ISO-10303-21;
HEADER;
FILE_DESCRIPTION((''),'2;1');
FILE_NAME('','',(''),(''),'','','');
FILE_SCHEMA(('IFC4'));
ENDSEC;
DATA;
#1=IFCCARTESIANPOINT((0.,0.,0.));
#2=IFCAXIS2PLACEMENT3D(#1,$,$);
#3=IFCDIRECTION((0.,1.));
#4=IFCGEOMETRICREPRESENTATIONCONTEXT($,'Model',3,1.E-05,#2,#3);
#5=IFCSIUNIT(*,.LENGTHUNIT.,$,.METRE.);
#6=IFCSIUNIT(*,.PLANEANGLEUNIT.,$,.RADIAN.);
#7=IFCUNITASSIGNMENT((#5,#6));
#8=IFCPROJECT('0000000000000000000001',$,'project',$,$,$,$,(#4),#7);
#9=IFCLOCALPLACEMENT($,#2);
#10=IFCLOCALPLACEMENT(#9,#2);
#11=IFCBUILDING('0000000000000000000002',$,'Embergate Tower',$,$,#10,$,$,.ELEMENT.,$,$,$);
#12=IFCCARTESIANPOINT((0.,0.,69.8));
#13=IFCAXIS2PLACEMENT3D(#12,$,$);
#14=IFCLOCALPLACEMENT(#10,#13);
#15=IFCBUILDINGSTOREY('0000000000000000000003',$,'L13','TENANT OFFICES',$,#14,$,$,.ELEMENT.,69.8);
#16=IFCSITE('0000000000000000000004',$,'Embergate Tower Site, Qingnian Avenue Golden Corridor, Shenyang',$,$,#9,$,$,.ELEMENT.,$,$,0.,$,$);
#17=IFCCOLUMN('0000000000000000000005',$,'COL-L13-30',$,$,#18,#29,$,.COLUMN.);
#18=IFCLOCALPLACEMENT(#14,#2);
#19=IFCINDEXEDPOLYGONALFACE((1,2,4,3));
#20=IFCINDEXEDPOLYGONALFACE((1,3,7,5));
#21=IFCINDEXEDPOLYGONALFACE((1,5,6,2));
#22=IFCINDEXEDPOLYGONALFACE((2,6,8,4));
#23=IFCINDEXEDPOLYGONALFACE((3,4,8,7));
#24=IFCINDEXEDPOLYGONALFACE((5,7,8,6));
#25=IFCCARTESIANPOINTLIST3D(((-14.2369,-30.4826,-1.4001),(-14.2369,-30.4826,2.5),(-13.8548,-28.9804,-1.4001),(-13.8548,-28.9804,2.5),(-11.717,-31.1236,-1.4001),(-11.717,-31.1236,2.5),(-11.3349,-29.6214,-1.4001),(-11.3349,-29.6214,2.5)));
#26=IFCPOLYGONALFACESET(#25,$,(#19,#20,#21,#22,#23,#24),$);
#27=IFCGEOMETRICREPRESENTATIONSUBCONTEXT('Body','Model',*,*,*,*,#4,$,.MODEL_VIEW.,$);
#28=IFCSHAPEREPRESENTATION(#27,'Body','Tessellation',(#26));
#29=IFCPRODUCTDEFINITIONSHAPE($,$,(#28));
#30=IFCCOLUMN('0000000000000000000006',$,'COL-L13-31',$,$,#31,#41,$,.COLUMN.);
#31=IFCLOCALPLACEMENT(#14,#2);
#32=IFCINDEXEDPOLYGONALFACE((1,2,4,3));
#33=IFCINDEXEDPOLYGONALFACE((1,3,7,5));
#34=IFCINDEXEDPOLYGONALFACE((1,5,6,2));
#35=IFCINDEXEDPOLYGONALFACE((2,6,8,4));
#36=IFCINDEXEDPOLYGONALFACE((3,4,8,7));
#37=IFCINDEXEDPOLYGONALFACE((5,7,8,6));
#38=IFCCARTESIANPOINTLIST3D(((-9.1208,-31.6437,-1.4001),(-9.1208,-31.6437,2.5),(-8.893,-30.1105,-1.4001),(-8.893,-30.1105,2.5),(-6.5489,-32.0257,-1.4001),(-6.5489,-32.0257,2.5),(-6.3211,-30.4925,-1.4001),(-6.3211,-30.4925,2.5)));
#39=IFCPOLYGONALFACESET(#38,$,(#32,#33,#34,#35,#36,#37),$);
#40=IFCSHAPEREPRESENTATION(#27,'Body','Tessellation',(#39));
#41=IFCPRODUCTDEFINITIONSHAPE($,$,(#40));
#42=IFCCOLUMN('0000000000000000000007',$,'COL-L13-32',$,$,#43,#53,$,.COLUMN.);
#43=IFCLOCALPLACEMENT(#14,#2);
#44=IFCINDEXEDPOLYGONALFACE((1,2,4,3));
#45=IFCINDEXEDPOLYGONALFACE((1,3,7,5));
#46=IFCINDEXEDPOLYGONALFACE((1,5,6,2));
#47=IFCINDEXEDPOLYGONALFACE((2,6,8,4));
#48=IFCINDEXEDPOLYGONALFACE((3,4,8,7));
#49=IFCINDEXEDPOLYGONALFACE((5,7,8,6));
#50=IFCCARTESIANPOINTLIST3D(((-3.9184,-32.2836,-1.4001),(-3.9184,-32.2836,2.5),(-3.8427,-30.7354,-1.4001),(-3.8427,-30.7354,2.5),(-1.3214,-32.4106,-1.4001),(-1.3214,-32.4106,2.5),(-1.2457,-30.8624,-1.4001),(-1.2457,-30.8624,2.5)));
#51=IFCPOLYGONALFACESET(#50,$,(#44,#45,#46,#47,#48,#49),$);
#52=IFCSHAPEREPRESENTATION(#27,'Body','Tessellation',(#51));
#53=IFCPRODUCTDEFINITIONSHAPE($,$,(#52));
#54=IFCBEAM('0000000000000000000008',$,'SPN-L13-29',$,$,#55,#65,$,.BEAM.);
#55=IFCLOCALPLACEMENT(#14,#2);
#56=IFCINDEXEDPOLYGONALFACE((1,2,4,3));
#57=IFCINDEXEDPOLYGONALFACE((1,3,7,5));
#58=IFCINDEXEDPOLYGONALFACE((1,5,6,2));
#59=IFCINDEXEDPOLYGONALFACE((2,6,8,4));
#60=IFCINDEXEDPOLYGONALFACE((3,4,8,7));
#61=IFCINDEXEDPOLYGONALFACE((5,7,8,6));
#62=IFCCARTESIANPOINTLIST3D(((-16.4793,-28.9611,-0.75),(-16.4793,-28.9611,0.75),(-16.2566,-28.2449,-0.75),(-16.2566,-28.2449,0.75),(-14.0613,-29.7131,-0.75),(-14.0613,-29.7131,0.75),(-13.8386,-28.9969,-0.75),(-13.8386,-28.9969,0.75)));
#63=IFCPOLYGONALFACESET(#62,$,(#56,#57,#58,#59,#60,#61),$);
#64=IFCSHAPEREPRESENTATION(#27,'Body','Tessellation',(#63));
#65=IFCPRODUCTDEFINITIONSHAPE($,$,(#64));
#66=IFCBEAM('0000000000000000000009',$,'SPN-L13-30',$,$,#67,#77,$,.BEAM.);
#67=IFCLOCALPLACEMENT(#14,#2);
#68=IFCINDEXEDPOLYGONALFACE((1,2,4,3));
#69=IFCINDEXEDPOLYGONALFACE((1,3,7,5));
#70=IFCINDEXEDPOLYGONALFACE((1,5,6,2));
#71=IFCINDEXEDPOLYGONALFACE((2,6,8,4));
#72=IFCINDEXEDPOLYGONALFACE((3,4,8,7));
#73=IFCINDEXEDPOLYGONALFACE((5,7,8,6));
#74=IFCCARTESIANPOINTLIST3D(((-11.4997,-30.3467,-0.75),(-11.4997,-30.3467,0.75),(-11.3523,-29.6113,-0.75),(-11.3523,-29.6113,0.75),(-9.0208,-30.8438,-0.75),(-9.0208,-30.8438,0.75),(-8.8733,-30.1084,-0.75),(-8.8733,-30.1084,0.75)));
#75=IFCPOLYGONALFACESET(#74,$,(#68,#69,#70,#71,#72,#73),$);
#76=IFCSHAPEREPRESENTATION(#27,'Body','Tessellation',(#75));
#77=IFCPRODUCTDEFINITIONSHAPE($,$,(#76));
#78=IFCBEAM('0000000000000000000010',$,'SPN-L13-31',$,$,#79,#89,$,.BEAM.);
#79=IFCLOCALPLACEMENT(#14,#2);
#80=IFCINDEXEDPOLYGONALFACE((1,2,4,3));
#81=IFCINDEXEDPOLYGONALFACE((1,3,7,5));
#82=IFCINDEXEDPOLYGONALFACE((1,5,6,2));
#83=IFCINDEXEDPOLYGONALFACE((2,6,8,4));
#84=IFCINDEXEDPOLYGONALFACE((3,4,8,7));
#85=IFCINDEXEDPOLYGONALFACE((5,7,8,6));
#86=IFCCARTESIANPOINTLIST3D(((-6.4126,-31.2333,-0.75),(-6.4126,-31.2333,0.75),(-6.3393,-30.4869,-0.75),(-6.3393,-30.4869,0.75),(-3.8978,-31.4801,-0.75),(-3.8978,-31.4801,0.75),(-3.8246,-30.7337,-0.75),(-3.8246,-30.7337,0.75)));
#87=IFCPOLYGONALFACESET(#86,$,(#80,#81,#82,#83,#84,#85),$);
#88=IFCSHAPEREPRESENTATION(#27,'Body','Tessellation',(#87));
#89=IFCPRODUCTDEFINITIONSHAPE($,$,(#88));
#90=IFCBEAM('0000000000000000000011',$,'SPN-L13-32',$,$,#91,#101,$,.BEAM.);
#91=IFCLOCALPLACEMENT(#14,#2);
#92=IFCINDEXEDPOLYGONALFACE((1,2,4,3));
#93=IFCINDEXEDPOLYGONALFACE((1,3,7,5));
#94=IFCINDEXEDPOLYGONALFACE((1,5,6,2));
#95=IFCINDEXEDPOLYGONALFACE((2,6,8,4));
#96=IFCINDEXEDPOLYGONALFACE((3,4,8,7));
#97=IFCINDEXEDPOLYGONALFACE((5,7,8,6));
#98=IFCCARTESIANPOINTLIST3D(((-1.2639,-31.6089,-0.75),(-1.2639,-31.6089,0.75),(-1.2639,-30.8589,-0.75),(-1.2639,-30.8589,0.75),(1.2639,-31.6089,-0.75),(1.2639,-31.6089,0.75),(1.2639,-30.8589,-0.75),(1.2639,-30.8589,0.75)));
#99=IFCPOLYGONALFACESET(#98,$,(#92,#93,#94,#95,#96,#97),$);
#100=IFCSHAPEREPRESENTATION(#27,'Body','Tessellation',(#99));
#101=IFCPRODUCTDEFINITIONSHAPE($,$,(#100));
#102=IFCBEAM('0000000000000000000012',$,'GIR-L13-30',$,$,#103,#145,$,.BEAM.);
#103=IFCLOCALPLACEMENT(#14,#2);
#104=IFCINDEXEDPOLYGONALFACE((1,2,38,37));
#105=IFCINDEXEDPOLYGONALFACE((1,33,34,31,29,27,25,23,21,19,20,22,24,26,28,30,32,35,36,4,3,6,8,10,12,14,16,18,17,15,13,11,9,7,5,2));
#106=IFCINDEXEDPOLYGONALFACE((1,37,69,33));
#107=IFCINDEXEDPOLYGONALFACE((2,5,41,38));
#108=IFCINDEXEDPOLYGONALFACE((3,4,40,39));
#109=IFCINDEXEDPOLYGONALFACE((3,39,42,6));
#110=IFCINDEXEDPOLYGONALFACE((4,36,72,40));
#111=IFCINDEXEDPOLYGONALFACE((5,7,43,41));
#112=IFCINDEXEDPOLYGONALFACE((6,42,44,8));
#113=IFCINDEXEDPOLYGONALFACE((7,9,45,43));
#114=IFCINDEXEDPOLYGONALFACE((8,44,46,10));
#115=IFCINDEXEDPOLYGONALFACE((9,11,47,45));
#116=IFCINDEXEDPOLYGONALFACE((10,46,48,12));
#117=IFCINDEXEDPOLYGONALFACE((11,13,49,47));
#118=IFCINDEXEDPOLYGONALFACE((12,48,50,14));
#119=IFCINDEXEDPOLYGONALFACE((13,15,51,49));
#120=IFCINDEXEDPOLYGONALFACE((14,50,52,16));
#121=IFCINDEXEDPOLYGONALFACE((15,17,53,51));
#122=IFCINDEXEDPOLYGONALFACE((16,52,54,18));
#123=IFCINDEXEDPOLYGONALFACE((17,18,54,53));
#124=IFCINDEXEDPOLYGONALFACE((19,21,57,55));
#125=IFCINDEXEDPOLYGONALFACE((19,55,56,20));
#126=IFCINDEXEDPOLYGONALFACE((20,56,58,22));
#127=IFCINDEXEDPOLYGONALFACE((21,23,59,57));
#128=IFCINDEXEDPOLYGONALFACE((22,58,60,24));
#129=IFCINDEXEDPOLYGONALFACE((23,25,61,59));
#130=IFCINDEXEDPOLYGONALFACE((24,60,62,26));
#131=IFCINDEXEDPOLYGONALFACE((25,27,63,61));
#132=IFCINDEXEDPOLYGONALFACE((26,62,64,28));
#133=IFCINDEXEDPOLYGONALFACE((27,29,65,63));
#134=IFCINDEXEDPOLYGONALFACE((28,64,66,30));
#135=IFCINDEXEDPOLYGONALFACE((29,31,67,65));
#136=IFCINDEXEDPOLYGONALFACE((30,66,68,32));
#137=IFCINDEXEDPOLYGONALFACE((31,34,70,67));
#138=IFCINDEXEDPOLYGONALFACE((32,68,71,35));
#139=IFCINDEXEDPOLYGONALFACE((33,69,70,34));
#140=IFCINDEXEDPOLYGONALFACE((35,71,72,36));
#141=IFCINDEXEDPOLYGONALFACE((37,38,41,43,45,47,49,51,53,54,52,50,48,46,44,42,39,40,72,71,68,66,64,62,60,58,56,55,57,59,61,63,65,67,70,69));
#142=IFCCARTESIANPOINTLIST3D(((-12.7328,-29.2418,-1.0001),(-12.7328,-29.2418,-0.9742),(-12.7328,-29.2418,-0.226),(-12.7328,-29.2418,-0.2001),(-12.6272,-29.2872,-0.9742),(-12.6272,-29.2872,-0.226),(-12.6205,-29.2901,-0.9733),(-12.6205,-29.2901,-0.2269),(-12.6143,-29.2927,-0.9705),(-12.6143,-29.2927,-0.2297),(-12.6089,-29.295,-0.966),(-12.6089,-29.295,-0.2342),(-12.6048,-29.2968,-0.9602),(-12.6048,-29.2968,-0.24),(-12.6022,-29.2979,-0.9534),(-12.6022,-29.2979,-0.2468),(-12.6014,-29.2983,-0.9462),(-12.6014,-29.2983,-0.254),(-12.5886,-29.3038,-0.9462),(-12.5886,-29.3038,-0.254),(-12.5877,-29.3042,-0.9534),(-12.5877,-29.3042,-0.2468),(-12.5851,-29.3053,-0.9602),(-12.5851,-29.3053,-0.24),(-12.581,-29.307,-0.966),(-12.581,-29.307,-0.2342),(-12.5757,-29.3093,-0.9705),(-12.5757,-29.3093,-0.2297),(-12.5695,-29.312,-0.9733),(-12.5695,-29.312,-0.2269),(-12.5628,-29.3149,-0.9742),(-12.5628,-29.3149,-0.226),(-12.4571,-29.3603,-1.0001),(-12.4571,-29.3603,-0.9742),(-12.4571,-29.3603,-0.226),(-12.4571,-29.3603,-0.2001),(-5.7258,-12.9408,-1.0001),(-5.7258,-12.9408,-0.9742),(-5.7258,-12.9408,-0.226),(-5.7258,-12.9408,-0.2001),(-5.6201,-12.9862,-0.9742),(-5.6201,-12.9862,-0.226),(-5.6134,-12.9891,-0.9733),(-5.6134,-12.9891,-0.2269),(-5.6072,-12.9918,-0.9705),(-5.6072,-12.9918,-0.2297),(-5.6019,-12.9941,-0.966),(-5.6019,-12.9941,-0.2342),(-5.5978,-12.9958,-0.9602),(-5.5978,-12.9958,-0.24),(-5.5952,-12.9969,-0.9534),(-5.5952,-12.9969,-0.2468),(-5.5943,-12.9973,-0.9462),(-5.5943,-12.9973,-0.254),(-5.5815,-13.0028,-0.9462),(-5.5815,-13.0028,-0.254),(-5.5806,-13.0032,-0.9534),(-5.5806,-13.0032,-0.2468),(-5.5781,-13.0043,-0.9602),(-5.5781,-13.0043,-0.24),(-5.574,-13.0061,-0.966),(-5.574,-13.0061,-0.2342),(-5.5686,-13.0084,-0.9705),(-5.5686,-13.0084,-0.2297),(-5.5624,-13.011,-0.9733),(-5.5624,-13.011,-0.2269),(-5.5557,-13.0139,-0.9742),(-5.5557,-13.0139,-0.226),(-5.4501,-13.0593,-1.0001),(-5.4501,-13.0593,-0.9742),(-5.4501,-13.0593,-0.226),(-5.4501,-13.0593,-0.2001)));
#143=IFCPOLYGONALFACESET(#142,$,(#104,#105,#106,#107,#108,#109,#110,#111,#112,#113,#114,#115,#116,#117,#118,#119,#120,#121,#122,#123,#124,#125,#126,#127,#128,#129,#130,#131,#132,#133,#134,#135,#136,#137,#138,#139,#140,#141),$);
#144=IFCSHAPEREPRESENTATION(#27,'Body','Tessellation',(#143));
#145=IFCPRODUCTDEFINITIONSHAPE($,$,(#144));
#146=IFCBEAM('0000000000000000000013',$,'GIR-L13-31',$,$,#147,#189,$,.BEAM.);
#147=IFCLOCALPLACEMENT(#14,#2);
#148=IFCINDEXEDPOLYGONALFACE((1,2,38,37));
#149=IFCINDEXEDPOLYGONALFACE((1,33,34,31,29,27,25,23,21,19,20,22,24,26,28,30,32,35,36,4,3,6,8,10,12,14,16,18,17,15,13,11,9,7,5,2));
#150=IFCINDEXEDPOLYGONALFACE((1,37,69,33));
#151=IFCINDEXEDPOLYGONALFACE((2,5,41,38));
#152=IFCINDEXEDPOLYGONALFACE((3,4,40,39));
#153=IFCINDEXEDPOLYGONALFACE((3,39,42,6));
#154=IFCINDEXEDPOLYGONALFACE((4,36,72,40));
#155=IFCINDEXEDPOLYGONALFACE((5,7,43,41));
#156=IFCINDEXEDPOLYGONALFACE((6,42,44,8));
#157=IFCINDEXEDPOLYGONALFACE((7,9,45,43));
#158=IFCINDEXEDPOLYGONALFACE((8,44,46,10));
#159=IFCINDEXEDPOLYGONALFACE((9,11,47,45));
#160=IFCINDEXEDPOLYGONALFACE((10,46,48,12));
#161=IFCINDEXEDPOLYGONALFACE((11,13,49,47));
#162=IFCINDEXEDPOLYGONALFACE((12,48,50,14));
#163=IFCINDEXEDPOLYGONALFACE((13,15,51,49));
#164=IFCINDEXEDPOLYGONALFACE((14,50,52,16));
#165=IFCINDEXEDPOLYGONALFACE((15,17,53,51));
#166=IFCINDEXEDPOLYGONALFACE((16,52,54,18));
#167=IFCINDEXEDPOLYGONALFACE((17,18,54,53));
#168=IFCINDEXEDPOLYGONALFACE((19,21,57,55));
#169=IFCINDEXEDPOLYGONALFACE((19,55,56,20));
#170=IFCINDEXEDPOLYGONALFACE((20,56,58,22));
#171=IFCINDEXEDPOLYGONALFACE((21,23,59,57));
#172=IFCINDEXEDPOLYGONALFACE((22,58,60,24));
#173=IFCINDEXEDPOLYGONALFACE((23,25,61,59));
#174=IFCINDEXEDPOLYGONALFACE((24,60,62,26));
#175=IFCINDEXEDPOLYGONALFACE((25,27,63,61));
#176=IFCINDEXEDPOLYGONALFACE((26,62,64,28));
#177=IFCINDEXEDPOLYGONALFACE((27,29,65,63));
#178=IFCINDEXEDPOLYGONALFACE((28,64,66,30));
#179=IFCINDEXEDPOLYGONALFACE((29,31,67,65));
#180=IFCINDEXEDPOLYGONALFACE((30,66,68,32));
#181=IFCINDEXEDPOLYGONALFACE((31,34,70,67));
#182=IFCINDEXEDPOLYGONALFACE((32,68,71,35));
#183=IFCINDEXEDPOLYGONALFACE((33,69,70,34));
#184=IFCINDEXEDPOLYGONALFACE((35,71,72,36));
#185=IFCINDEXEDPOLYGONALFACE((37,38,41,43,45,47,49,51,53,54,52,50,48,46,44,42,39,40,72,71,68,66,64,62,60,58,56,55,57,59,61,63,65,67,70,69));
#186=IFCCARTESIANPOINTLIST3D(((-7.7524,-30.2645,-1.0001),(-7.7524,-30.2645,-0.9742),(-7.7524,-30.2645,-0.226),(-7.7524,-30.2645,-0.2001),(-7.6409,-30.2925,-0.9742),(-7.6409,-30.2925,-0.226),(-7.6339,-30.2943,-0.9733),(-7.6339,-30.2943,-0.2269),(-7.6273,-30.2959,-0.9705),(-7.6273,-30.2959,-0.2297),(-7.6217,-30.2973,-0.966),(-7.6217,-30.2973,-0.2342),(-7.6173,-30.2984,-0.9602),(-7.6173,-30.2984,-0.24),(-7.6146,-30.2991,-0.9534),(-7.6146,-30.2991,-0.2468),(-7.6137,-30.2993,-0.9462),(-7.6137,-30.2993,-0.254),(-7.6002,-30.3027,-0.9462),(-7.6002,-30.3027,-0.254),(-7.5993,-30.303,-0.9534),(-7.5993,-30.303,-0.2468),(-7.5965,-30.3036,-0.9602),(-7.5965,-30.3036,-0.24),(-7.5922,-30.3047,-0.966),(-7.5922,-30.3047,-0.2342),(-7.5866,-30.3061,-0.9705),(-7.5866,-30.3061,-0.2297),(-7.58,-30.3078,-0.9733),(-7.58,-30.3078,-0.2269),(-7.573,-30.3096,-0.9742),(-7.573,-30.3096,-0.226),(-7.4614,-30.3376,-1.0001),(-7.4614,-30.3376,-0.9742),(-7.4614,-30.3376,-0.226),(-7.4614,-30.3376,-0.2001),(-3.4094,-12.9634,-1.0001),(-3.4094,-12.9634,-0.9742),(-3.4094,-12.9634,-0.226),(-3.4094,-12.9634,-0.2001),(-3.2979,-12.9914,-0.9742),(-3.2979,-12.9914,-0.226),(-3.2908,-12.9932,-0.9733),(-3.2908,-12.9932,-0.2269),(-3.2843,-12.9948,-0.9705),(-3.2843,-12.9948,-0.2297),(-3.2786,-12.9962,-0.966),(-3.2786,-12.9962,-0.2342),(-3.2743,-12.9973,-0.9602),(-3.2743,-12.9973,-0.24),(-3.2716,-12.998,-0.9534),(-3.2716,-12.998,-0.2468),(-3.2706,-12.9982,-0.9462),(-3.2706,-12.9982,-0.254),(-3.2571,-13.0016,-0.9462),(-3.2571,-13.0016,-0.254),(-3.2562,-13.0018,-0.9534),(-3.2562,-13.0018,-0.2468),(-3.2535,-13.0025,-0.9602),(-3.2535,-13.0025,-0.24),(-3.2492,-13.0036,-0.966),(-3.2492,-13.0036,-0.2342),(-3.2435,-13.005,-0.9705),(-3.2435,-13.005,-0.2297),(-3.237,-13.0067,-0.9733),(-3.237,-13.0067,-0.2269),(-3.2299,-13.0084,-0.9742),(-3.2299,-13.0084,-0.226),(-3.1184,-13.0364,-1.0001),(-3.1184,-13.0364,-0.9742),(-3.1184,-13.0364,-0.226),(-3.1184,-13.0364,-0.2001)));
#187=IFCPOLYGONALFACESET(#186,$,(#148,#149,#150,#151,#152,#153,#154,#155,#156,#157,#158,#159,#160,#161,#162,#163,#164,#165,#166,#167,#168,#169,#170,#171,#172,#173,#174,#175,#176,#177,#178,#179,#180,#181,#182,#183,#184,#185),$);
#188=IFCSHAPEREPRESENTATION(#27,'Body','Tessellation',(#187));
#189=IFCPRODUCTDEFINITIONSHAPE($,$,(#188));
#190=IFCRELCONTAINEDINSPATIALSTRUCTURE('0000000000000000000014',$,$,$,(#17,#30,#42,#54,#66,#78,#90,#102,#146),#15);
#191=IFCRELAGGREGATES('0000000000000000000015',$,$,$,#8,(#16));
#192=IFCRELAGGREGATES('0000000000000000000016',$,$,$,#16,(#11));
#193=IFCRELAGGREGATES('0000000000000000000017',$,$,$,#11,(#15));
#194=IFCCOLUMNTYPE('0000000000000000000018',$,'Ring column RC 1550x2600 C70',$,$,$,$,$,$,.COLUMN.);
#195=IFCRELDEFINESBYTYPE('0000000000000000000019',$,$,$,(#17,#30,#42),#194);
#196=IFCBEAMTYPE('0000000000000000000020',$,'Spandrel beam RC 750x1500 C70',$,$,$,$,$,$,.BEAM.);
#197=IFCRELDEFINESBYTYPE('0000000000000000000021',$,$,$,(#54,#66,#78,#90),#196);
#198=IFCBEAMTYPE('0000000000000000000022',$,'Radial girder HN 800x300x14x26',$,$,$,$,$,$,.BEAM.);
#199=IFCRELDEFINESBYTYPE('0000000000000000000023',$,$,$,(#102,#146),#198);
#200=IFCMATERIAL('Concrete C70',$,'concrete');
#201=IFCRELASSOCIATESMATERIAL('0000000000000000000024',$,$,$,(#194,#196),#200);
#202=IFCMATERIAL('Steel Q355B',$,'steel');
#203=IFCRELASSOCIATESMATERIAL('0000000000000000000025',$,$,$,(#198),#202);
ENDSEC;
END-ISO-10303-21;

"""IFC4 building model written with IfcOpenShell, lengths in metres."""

from ifc_helpers import new_model, si_unit, direction, frame, origin, origin_2d, place, context, subcontext, project, spatial, rectangle, i_section, extrude, source, transform, mapped, material, material_profile, profile_set, type_object, element, save


model = new_model("IFC4")

# Units and contexts
model_context = context("Model", 3, precision=1e-05, world=origin(), true_north=direction((0.0, 1.0)))
body_context = subcontext(model_context, "Body", "Model", "MODEL_VIEW")
ifc_project = project(units=[si_unit("LENGTHUNIT", "METRE"), si_unit("PLANEANGLEUNIT", "RADIAN")], contexts=[model_context])

# Site, building, storey
site_placement = place(None, origin())
site = spatial("IfcSite", under=ifc_project, at=site_placement, Name="Embergate Tower Site, Qingnian Avenue Golden Corridor, Shenyang", CompositionType="ELEMENT", RefElevation=0.0)
building_placement = place(site_placement, origin())
building = spatial("IfcBuilding", under=site, at=building_placement, Name="Embergate Tower", CompositionType="ELEMENT")
storey_placement = place(building_placement, frame((0.0, 0.0, 69.8)))
storey = spatial("IfcBuildingStorey", under=building, at=storey_placement, Name="L13", Description="TENANT OFFICES", CompositionType="ELEMENT", Elevation=69.8)

# Columns
ifc_material_1 = material(Name="Concrete C70", Category="concrete")
ifc_material_profile_1 = material_profile(ifc_material_1, rectangle(XDim=1.55, YDim=2.6001, at=origin_2d()), Name="RC 1550x2600")
ifc_profile_set_1 = profile_set([ifc_material_profile_1], Name="Concrete C70")
column_type = type_object("IfcColumnType", Name="Ring column RC 1550x2600 C70", PredefinedType="COLUMN", material=ifc_profile_set_1)
shared_shape_1 = source(origin(), body_context, "Body", "SweptSolid", [
    extrude(rectangle(XDim=1.55, YDim=2.6001, at=origin_2d()), origin(), (0.0, 0.0, 1.0), 3.9001),
])
for number, where, z_axis, x_axis, name in (
    (1, (-12.7859, -30.052, -1.4001), (0.0, 0.0, 1.0), (-0.246509, -0.969141, 0.0), "COL-L13-30"),
    (2, (-7.7209, -31.0681, -1.4001), (0.0, 0.0, 1.0), (-0.146929, -0.989147, 0.0), "COL-L13-31"),
    (3, (-2.582, -31.573, -1.4001), (0.0, 0.0, 1.0), (-0.048815, -0.998808, 0.0), "COL-L13-32"),
):
    element("IfcColumn", number, at=place(storey_placement, frame(where, z_axis=z_axis, x_axis=x_axis)), inside=storey, type_object=column_type, Name=name, PredefinedType="COLUMN", context=body_context, shape_type="MappedRepresentation", body=[
        mapped(shared_shape_1, transform((0.0, 0.0, 0.0))),
    ])

# Beams
ifc_material_profile_2 = material_profile(ifc_material_1, rectangle(XDim=0.75, YDim=1.5, at=origin_2d()), Name="RC 750x1500")
ifc_profile_set_2 = profile_set([ifc_material_profile_2], Name="Concrete C70")
beam_type_1 = type_object("IfcBeamType", Name="Spandrel beam RC 750x1500 C70", PredefinedType="BEAM", material=ifc_profile_set_2)
shared_shape_2 = source(origin(), body_context, "Body", "SweptSolid", [
    extrude(rectangle(XDim=0.75, YDim=1.5, at=origin_2d()), origin(), (0.0, 0.0, 1.0), 2.5322),
])
beam_1_placement = place(storey_placement, frame((-16.3679, -28.603, 0.0), z_axis=(0.954891, -0.296957, 0.0), x_axis=(0.296957, 0.954891, 0.0)))
element("IfcBeam", 4, at=beam_1_placement, inside=storey, type_object=beam_type_1, Name="SPN-L13-29", PredefinedType="BEAM", context=body_context, shape_type="MappedRepresentation", body=[
    mapped(shared_shape_2, transform((0.0, 0.0, 0.0))),
])
shared_shape_3 = source(origin(), body_context, "Body", "SweptSolid", [
    extrude(rectangle(XDim=0.75, YDim=1.5, at=origin_2d()), origin(), (0.0, 0.0, 1.0), 2.5283),
])
beam_2_placement = place(storey_placement, frame((-11.426, -29.979, 0.0), z_axis=(0.980484, -0.196599, 0.0), x_axis=(0.196599, 0.980484, 0.0)))
element("IfcBeam", 5, at=beam_2_placement, inside=storey, type_object=beam_type_1, Name="SPN-L13-30", PredefinedType="BEAM", context=body_context, shape_type="MappedRepresentation", body=[
    mapped(shared_shape_3, transform((0.0, 0.0, 0.0))),
])
shared_shape_4 = source(origin(), body_context, "Body", "SweptSolid", [
    extrude(rectangle(XDim=0.75, YDim=1.5, at=origin_2d()), origin(), (0.0, 0.0, 1.0), 2.5269),
])
beam_3_placement = place(storey_placement, frame((-6.376, -30.8601, 0.0), z_axis=(0.995218, -0.097676, 0.0), x_axis=(0.097676, 0.995218, 0.0)))
element("IfcBeam", 6, at=beam_3_placement, inside=storey, type_object=beam_type_1, Name="SPN-L13-31", PredefinedType="BEAM", context=body_context, shape_type="MappedRepresentation", body=[
    mapped(shared_shape_4, transform((0.0, 0.0, 0.0))),
])
shared_shape_5 = source(origin(), body_context, "Body", "SweptSolid", [
    extrude(rectangle(XDim=0.75, YDim=1.5, at=origin_2d()), origin(), (0.0, 0.0, 1.0), 2.5278),
])
beam_4_placement = place(storey_placement, frame((-1.2639, -31.2339, 0.0), z_axis=(1.0, 0.0, 0.0), x_axis=(0.0, 1.0, 0.0)))
element("IfcBeam", 7, at=beam_4_placement, inside=storey, type_object=beam_type_1, Name="SPN-L13-32", PredefinedType="BEAM", context=body_context, shape_type="MappedRepresentation", body=[
    mapped(shared_shape_5, transform((0.0, 0.0, 0.0))),
])
ifc_material_2 = material(Name="Steel Q355B", Category="steel")
ifc_material_profile_3 = material_profile(ifc_material_2, i_section(OverallWidth=0.3, OverallDepth=0.8, WebThickness=0.0139, FlangeThickness=0.0259, FilletRadius=0.0281, at=origin_2d()), Name="HN 800x300x14x26")
ifc_profile_set_3 = profile_set([ifc_material_profile_3], Name="Steel Q355 grade B")
beam_type_2 = type_object("IfcBeamType", Name="Radial girder HN 800x300x14x26", PredefinedType="BEAM", material=ifc_profile_set_3)
shared_shape_6 = source(origin(), body_context, "Body", "SweptSolid", [
    extrude(i_section(OverallWidth=0.3, OverallDepth=0.8, WebThickness=0.0139, FlangeThickness=0.0259, FilletRadius=0.0281, at=origin_2d()), origin(), (0.0, 0.0, 1.0), 17.7432),
])
beam_5_placement = place(storey_placement, frame((-12.595, -29.301, -0.6001), z_axis=(0.394915, 0.918717, 0.0), x_axis=(-0.918717, 0.394915, 0.0)))
element("IfcBeam", 8, at=beam_5_placement, inside=storey, type_object=beam_type_2, Name="GIR-L13-30", PredefinedType="BEAM", context=body_context, shape_type="MappedRepresentation", body=[
    mapped(shared_shape_6, transform((0.0, 0.0, 0.0))),
])
shared_shape_7 = source(origin(), body_context, "Body", "SweptSolid", [
    extrude(i_section(OverallWidth=0.3, OverallDepth=0.8, WebThickness=0.0139, FlangeThickness=0.0259, FilletRadius=0.0281, at=origin_2d()), origin(), (0.0, 0.0, 1.0), 17.8379),
])
beam_6_placement = place(storey_placement, frame((-7.6069, -30.301, -0.6001), z_axis=(0.243473, 0.969908, 0.0), x_axis=(-0.969908, 0.243473, 0.0)))
element("IfcBeam", 9, at=beam_6_placement, inside=storey, type_object=beam_type_2, Name="GIR-L13-31", PredefinedType="BEAM", context=body_context, shape_type="MappedRepresentation", body=[
    mapped(shared_shape_7, transform((0.0, 0.0, 0.0))),
])

save(model, "model.ifc")
